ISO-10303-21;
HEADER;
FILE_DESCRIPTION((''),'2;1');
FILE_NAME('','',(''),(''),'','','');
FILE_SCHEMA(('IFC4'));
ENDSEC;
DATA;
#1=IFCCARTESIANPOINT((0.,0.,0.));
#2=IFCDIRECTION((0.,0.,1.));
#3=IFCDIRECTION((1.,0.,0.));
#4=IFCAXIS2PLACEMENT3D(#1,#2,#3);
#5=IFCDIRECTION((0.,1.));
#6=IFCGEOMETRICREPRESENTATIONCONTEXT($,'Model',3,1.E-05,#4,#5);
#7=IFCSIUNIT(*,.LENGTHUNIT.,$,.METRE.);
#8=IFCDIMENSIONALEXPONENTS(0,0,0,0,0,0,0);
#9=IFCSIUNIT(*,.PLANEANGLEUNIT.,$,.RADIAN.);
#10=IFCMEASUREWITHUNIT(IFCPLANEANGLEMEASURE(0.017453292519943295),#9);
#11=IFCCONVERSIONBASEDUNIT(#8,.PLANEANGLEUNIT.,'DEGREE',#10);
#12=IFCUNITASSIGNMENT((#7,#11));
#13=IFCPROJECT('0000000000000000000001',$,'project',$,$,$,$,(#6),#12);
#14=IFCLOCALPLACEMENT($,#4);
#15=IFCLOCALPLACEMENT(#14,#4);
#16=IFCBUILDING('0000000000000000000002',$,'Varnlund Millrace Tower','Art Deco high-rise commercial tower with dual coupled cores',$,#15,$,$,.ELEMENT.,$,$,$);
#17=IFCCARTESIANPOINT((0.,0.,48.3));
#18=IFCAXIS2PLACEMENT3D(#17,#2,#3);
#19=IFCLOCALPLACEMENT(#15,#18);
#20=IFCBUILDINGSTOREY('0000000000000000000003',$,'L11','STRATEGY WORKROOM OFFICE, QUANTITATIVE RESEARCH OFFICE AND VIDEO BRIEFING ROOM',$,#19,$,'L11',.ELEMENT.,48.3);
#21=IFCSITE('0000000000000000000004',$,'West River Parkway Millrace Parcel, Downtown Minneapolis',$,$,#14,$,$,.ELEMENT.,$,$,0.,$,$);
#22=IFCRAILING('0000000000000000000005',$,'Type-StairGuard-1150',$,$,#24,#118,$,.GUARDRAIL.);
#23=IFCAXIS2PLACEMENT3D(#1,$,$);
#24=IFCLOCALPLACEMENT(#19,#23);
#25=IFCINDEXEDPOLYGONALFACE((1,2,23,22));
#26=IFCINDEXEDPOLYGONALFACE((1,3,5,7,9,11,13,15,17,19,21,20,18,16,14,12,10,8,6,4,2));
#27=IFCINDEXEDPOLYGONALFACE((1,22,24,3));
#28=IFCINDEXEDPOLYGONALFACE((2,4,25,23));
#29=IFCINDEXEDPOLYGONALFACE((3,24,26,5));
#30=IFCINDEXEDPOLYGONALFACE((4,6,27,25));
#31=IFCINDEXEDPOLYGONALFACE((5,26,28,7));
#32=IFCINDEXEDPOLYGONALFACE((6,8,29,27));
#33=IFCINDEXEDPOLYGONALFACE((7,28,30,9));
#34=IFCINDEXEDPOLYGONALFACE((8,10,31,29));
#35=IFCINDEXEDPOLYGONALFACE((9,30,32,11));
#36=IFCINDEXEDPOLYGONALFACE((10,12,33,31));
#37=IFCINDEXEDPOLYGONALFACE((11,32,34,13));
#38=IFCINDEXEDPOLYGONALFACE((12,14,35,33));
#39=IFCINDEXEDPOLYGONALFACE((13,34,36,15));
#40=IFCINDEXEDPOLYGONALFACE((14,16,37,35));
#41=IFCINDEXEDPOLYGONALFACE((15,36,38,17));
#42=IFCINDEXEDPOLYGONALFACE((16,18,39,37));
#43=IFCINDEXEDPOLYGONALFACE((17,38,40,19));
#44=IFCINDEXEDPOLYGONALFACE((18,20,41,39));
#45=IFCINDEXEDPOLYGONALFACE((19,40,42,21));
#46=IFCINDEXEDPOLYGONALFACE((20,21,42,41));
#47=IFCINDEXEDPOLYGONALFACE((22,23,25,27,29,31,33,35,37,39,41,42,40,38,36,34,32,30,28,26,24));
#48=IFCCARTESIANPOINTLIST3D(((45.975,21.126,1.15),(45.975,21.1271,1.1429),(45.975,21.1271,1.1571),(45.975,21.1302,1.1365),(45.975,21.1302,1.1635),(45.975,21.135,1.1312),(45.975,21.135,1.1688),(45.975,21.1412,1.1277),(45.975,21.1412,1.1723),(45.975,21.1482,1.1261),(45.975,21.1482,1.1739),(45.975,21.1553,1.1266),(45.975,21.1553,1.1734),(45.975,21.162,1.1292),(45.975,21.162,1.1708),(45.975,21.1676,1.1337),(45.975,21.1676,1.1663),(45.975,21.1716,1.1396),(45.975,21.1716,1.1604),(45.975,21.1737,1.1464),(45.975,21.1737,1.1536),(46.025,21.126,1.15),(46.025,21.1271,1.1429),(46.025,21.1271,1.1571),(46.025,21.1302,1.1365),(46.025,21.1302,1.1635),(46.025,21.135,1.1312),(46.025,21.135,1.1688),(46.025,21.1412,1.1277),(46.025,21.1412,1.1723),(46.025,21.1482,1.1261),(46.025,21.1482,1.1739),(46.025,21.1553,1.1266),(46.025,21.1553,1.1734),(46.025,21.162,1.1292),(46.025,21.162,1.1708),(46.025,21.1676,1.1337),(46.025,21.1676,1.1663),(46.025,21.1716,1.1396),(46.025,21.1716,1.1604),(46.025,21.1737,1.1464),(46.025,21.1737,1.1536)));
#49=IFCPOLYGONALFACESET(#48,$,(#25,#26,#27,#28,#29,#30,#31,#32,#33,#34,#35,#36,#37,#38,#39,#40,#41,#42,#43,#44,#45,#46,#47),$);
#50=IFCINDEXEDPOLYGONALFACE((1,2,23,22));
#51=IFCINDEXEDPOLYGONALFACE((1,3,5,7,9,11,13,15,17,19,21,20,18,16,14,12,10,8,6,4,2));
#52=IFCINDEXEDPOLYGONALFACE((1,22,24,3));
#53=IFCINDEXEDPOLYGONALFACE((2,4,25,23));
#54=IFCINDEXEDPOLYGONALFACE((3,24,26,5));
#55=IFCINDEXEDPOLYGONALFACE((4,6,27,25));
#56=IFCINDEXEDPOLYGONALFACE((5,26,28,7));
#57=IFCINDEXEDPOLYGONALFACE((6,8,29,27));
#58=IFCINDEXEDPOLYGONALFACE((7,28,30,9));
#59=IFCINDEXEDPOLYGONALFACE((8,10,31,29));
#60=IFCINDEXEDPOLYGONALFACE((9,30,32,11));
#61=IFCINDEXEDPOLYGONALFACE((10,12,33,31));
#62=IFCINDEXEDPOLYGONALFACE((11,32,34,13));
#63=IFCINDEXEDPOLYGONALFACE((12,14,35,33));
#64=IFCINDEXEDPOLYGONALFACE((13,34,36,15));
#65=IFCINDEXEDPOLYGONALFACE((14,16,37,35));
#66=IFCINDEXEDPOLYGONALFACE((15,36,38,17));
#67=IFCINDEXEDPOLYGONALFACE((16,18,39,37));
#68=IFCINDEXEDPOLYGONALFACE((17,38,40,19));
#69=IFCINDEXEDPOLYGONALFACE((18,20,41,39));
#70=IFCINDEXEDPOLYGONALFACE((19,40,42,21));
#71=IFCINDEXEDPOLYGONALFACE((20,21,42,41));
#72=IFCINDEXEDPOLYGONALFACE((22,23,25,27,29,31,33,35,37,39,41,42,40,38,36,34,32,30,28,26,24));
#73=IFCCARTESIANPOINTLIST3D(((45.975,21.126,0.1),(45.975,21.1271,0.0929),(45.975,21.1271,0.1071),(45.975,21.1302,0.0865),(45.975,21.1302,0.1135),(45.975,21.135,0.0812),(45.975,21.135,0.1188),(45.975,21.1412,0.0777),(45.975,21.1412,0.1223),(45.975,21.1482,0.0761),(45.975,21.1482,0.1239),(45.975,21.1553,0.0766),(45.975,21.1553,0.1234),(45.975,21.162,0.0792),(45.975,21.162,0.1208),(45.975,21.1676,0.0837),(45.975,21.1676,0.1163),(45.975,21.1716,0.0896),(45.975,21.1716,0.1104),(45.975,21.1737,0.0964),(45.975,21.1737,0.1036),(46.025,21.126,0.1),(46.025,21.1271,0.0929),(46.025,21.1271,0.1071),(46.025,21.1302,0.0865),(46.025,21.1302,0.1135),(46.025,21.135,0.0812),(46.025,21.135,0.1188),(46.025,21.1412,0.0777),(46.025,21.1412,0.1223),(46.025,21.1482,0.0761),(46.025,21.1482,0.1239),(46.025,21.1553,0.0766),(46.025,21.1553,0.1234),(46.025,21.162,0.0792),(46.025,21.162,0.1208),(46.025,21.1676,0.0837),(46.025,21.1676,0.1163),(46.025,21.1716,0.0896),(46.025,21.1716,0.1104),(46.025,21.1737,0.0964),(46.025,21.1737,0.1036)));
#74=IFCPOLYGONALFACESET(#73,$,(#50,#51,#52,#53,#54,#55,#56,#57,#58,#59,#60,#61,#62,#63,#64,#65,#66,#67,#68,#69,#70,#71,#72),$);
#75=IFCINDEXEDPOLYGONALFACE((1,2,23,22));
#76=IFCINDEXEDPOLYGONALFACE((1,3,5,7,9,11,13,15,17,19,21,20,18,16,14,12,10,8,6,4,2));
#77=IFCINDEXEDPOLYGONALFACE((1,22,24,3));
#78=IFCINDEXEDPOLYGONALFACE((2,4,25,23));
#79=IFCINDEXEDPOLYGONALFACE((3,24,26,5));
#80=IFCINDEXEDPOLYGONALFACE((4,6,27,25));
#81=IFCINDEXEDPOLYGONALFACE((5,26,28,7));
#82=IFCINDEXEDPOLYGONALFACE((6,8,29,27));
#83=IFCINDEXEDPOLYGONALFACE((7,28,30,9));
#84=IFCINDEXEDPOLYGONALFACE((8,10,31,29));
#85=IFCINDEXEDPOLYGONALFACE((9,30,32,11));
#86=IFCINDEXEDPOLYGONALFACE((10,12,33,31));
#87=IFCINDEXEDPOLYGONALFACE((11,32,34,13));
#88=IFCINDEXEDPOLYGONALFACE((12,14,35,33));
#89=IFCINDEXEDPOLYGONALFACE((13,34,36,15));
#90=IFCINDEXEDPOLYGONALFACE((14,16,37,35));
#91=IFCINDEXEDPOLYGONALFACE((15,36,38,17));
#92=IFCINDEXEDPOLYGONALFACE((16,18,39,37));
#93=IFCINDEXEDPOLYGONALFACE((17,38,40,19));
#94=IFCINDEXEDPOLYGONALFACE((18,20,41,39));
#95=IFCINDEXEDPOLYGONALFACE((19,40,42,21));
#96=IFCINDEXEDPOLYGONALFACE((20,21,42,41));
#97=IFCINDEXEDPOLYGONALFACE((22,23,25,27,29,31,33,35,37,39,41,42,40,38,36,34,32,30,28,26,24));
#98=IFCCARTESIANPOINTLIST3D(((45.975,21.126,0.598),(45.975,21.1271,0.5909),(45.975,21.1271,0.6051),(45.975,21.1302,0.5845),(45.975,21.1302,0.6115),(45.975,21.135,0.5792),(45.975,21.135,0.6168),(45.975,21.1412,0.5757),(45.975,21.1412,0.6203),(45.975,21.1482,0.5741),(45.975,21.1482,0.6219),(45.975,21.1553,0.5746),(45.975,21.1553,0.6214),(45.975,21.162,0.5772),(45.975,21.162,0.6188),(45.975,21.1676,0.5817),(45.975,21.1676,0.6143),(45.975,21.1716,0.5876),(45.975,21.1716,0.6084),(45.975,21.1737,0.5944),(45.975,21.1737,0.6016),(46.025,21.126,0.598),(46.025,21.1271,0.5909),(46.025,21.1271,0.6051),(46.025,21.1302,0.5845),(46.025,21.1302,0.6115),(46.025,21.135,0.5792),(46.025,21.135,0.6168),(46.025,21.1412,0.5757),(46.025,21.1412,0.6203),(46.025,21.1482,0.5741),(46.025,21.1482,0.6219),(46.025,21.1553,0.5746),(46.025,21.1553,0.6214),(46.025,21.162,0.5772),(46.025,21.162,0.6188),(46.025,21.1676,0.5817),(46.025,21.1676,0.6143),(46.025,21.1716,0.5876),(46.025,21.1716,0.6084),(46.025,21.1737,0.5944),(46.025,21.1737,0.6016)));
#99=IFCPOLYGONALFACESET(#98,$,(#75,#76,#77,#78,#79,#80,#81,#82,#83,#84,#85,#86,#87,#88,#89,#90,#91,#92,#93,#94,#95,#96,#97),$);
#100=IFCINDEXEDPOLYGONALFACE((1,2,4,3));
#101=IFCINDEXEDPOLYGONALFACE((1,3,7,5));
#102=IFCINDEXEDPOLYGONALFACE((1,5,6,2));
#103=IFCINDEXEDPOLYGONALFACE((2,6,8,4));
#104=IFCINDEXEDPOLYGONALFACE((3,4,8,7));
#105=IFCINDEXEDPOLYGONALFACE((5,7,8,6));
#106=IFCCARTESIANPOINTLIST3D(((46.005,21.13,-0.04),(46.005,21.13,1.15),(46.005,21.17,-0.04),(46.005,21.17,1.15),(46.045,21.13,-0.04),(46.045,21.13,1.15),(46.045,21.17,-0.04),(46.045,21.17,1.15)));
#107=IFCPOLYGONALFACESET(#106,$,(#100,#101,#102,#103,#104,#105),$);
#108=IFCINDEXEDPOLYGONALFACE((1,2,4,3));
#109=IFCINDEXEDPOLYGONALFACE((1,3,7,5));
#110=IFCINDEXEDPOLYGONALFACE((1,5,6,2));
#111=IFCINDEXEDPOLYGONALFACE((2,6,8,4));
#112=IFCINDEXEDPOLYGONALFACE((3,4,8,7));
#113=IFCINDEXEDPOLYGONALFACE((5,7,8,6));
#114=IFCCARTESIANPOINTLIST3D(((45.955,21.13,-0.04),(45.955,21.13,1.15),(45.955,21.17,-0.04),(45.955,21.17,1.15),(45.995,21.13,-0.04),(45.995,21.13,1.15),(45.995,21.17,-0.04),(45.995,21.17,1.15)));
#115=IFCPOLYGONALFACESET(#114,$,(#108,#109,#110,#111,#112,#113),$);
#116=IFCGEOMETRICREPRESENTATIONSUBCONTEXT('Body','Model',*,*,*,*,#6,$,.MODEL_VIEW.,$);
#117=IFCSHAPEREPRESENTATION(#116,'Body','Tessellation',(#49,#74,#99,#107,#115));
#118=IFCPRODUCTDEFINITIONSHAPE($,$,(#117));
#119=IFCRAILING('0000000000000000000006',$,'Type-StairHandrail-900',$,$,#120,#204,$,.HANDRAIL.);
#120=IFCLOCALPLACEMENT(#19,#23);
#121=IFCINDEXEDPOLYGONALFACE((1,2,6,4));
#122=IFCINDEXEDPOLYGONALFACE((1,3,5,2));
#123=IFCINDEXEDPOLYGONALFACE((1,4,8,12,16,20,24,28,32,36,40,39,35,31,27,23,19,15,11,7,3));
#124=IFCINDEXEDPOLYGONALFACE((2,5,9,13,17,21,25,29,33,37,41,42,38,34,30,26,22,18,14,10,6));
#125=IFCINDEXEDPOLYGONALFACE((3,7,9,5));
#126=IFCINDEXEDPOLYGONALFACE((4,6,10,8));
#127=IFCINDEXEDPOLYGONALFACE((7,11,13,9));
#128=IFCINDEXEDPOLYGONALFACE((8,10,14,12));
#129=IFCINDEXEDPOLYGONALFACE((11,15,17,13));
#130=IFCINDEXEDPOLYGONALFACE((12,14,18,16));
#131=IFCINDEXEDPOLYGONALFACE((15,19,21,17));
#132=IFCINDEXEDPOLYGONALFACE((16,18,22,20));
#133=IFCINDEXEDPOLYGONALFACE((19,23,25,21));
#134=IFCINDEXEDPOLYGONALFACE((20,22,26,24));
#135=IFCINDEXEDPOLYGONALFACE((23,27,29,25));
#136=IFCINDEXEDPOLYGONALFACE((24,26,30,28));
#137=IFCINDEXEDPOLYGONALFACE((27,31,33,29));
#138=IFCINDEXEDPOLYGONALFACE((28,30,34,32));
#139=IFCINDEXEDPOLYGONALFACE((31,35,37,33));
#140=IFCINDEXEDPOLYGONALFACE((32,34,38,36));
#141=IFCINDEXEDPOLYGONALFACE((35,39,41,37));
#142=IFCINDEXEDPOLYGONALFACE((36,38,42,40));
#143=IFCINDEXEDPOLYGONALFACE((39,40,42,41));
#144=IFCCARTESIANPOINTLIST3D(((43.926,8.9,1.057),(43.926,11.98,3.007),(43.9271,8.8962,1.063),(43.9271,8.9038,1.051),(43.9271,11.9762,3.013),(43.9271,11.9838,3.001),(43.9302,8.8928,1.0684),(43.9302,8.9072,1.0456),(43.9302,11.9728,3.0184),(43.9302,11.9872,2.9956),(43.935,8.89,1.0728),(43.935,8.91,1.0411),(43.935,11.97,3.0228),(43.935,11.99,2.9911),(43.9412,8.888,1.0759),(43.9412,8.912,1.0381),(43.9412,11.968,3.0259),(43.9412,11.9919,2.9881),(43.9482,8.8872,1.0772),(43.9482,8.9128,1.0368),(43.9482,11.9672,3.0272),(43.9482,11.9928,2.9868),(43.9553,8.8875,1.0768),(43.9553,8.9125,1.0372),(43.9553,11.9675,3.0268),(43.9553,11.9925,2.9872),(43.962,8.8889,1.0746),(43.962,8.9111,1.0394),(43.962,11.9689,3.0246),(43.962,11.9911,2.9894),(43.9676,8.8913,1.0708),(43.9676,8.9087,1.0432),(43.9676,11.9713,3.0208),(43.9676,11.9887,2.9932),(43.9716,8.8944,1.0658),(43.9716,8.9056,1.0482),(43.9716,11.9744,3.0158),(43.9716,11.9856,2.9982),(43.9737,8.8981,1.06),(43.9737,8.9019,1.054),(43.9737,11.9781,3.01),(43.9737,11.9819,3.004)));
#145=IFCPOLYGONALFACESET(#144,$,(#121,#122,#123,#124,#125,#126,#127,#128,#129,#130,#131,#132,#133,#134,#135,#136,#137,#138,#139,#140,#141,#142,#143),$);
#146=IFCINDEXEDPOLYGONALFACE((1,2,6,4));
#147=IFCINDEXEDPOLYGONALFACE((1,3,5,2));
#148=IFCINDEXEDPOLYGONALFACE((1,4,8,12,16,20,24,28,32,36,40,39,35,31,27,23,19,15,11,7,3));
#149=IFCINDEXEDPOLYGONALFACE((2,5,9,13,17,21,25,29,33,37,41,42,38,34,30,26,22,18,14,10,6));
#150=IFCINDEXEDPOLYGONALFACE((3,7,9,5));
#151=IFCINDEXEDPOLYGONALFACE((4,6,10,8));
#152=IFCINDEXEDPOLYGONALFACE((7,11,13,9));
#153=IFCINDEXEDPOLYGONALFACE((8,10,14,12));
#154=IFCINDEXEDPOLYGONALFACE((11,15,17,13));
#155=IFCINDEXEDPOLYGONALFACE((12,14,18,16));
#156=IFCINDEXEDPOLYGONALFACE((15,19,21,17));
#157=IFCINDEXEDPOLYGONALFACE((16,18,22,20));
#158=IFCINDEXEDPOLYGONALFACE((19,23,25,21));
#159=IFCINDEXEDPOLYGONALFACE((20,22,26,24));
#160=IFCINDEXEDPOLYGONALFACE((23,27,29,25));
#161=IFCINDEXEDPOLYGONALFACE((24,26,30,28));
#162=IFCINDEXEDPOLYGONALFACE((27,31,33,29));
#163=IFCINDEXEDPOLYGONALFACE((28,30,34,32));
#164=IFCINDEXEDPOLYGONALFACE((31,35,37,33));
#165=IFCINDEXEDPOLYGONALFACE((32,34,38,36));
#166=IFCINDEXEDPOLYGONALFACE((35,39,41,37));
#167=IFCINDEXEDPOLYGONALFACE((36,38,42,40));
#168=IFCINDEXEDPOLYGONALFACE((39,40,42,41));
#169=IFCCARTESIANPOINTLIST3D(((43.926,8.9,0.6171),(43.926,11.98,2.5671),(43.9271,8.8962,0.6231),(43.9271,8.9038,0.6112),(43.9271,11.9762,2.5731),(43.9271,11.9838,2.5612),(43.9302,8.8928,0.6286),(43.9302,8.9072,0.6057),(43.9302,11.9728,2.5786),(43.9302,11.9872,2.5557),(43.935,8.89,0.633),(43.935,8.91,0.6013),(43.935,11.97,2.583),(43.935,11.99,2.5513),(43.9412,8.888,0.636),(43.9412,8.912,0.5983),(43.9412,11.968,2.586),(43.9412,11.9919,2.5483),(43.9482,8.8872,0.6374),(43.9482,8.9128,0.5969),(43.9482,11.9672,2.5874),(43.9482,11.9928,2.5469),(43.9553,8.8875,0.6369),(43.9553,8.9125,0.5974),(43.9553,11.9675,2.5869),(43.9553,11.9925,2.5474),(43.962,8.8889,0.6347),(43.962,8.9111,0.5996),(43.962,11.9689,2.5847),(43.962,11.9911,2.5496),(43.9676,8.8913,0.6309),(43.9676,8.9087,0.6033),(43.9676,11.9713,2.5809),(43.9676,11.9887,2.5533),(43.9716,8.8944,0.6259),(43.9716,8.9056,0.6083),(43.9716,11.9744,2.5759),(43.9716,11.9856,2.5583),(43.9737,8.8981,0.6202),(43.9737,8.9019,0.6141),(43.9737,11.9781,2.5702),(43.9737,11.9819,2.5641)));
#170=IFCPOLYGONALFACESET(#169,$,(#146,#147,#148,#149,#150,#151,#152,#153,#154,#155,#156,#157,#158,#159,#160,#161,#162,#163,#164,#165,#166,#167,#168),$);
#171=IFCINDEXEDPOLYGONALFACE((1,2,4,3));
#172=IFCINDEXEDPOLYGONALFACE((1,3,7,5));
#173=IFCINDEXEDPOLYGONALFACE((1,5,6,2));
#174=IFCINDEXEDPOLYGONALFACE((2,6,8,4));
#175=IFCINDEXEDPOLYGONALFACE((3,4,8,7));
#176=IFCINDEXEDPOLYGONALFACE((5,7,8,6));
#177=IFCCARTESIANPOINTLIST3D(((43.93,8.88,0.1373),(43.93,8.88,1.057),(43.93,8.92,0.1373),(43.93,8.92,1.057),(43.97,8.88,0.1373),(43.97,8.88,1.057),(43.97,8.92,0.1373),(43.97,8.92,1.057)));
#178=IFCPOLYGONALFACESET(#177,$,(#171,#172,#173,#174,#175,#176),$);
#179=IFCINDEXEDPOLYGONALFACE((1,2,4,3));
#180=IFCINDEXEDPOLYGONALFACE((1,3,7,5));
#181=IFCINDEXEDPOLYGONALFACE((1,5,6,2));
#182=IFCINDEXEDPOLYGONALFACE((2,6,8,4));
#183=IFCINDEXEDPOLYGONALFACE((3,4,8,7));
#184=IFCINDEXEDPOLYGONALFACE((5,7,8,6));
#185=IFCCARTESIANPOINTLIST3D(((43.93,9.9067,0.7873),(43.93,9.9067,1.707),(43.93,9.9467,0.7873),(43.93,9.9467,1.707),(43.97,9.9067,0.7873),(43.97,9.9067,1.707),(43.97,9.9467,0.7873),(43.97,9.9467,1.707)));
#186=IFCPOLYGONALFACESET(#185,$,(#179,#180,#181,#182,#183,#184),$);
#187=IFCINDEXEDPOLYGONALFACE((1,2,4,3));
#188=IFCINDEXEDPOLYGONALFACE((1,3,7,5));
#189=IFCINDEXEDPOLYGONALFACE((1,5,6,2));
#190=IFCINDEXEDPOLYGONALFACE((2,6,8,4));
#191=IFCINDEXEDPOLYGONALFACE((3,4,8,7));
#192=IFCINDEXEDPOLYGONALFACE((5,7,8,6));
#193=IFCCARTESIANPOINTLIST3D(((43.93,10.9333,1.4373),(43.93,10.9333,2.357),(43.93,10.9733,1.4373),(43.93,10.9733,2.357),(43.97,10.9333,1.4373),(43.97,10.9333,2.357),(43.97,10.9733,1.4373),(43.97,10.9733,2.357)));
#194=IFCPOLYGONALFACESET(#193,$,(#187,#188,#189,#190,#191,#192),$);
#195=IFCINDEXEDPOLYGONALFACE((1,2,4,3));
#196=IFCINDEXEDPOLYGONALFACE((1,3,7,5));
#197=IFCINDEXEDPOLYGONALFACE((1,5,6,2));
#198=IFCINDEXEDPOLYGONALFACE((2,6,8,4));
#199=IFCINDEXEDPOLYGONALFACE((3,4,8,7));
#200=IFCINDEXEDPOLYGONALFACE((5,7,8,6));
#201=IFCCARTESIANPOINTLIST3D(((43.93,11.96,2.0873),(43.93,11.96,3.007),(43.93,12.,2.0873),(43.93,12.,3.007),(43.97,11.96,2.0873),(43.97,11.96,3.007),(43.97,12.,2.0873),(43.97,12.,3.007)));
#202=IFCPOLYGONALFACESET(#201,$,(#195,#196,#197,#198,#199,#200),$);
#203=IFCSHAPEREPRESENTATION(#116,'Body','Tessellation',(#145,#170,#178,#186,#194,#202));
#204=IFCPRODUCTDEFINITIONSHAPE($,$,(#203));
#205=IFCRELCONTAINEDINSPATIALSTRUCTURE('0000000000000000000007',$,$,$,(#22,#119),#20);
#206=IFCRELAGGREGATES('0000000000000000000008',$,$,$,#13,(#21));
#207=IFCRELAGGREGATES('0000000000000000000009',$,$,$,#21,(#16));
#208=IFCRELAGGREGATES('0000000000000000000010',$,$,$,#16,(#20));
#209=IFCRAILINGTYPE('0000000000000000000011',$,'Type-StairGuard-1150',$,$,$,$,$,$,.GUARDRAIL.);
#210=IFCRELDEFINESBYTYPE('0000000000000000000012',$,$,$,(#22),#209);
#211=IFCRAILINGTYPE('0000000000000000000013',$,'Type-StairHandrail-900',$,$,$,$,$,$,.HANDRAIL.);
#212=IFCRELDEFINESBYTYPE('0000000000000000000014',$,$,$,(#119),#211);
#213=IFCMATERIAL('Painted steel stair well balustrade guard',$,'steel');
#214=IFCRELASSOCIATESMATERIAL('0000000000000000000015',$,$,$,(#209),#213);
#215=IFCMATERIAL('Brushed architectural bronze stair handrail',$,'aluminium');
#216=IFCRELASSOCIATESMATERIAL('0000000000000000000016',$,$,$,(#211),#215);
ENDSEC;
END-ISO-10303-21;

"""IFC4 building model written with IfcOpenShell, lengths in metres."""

from ifc_helpers import new_model, entity, si_unit, converted_unit, direction, frame, origin_with_axes, origin_2d_with_axis, place, context, subcontext, project, spatial, rectangle, circle, extrude, material, type_object, element, save


model = new_model("IFC4")

# Units and contexts
model_context = context("Model", 3, precision=1e-05, world=origin_with_axes(), true_north=direction((0.0, 1.0)))
body_context = subcontext(model_context, "Body", "Model", "MODEL_VIEW")
ifc_project = project(units=[si_unit("LENGTHUNIT", "METRE"), converted_unit("PLANEANGLEUNIT", "DEGREE", entity("IfcPlaneAngleMeasure", 0.017453292519943295), si_unit("PLANEANGLEUNIT", "RADIAN"), dimensions=[0, 0, 0, 0, 0, 0, 0])], contexts=[model_context])

# Site, building, storey
site_placement = place(None, origin_with_axes())
site = spatial("IfcSite", under=ifc_project, at=site_placement, Name="West River Parkway Millrace Parcel, Downtown Minneapolis", CompositionType="ELEMENT", RefElevation=0.0)
building_placement = place(site_placement, origin_with_axes())
building = spatial("IfcBuilding", under=site, at=building_placement, Name="Varnlund Millrace Tower", Description="Art Deco high-rise commercial tower with dual coupled cores", CompositionType="ELEMENT")
storey_placement = place(building_placement, frame((0.0, 0.0, 48.3), z_axis=(0.0, 0.0, 1.0), x_axis=(1.0, 0.0, 0.0)))
storey = spatial("IfcBuildingStorey", under=building, at=storey_placement, Name="L11", Description="STRATEGY WORKROOM OFFICE, QUANTITATIVE RESEARCH OFFICE AND VIDEO BRIEFING ROOM", LongName="L11", CompositionType="ELEMENT", Elevation=48.3)

# Railings
ifc_material_1 = material(Name="Painted steel stair well balustrade guard", Category="steel")
railing_type_1 = type_object("IfcRailingType", Name="Type-StairGuard-1150", PredefinedType="GUARDRAIL", material=ifc_material_1)
railing_1_placement = place(storey_placement, frame((0.0, 0.0, -48.3), z_axis=(0.0, 0.0, 1.0), x_axis=(1.0, 0.0, 0.0)))
element("IfcRailing", 1, at=railing_1_placement, inside=storey, type_object=railing_type_1, Name="Type-StairGuard-1150", PredefinedType="GUARDRAIL", context=body_context, shape_type="SweptSolid", body=[
    extrude(circle(Radius=0.024, at=origin_2d_with_axis()), frame((46.025, 21.15, 49.45), z_axis=(-1.0, 0.0, 0.0), x_axis=(0.0, -1.0, 0.0)), (0.0, 0.0, 1.0), 0.05),
    extrude(circle(Radius=0.024, at=origin_2d_with_axis()), frame((46.025, 21.15, 48.4), z_axis=(-1.0, 0.0, 0.0), x_axis=(0.0, -1.0, 0.0)), (0.0, 0.0, 1.0), 0.05),
    extrude(circle(Radius=0.024, at=origin_2d_with_axis()), frame((46.025, 21.15, 48.898), z_axis=(-1.0, 0.0, 0.0), x_axis=(0.0, -1.0, 0.0)), (0.0, 0.0, 1.0), 0.05),
    extrude(rectangle(XDim=0.04, YDim=0.04, at=origin_2d_with_axis()), frame((46.025, 21.15, 48.26), z_axis=(0.0, 0.0, 1.0), x_axis=(1.0, 0.0, 0.0)), (0.0, 0.0, 1.0), 1.19),
    extrude(rectangle(XDim=0.04, YDim=0.04, at=origin_2d_with_axis()), frame((45.975, 21.15, 48.26), z_axis=(0.0, 0.0, 1.0), x_axis=(1.0, 0.0, 0.0)), (0.0, 0.0, 1.0), 1.19),
])
ifc_material_2 = material(Name="Brushed architectural bronze stair handrail", Category="aluminium")
railing_type_2 = type_object("IfcRailingType", Name="Type-StairHandrail-900", PredefinedType="HANDRAIL", material=ifc_material_2)
railing_2_placement = place(storey_placement, frame((0.0, 0.0, -48.3), z_axis=(0.0, 0.0, 1.0), x_axis=(1.0, 0.0, 0.0)))
element("IfcRailing", 2, at=railing_2_placement, inside=storey, type_object=railing_type_2, Name="Type-StairHandrail-900", PredefinedType="HANDRAIL", context=body_context, shape_type="SweptSolid", body=[
    extrude(circle(Radius=0.024, at=origin_2d_with_axis()), frame((43.95, 8.9, 49.357), z_axis=(0.0, 0.844902, 0.534922), x_axis=(-1.0, 0.0, 0.0)), (0.0, 0.0, 1.0), 3.6454),
    extrude(circle(Radius=0.024, at=origin_2d_with_axis()), frame((43.95, 8.9, 48.9171), z_axis=(0.0, 0.844902, 0.534922), x_axis=(-1.0, 0.0, 0.0)), (0.0, 0.0, 1.0), 3.6454),
    extrude(rectangle(XDim=0.04, YDim=0.04, at=origin_2d_with_axis()), frame((43.95, 8.9, 48.4373), z_axis=(0.0, 0.0, 1.0), x_axis=(1.0, 0.0, 0.0)), (0.0, 0.0, 1.0), 0.9197),
    extrude(rectangle(XDim=0.04, YDim=0.04, at=origin_2d_with_axis()), frame((43.95, 9.9267, 49.0873), z_axis=(0.0, 0.0, 1.0), x_axis=(1.0, 0.0, 0.0)), (0.0, 0.0, 1.0), 0.9197),
    extrude(rectangle(XDim=0.04, YDim=0.04, at=origin_2d_with_axis()), frame((43.95, 10.9533, 49.7373), z_axis=(0.0, 0.0, 1.0), x_axis=(1.0, 0.0, 0.0)), (0.0, 0.0, 1.0), 0.9197),
    extrude(rectangle(XDim=0.04, YDim=0.04, at=origin_2d_with_axis()), frame((43.95, 11.98, 50.3873), z_axis=(0.0, 0.0, 1.0), x_axis=(1.0, 0.0, 0.0)), (0.0, 0.0, 1.0), 0.9197),
])

save(model, "model.ifc")
